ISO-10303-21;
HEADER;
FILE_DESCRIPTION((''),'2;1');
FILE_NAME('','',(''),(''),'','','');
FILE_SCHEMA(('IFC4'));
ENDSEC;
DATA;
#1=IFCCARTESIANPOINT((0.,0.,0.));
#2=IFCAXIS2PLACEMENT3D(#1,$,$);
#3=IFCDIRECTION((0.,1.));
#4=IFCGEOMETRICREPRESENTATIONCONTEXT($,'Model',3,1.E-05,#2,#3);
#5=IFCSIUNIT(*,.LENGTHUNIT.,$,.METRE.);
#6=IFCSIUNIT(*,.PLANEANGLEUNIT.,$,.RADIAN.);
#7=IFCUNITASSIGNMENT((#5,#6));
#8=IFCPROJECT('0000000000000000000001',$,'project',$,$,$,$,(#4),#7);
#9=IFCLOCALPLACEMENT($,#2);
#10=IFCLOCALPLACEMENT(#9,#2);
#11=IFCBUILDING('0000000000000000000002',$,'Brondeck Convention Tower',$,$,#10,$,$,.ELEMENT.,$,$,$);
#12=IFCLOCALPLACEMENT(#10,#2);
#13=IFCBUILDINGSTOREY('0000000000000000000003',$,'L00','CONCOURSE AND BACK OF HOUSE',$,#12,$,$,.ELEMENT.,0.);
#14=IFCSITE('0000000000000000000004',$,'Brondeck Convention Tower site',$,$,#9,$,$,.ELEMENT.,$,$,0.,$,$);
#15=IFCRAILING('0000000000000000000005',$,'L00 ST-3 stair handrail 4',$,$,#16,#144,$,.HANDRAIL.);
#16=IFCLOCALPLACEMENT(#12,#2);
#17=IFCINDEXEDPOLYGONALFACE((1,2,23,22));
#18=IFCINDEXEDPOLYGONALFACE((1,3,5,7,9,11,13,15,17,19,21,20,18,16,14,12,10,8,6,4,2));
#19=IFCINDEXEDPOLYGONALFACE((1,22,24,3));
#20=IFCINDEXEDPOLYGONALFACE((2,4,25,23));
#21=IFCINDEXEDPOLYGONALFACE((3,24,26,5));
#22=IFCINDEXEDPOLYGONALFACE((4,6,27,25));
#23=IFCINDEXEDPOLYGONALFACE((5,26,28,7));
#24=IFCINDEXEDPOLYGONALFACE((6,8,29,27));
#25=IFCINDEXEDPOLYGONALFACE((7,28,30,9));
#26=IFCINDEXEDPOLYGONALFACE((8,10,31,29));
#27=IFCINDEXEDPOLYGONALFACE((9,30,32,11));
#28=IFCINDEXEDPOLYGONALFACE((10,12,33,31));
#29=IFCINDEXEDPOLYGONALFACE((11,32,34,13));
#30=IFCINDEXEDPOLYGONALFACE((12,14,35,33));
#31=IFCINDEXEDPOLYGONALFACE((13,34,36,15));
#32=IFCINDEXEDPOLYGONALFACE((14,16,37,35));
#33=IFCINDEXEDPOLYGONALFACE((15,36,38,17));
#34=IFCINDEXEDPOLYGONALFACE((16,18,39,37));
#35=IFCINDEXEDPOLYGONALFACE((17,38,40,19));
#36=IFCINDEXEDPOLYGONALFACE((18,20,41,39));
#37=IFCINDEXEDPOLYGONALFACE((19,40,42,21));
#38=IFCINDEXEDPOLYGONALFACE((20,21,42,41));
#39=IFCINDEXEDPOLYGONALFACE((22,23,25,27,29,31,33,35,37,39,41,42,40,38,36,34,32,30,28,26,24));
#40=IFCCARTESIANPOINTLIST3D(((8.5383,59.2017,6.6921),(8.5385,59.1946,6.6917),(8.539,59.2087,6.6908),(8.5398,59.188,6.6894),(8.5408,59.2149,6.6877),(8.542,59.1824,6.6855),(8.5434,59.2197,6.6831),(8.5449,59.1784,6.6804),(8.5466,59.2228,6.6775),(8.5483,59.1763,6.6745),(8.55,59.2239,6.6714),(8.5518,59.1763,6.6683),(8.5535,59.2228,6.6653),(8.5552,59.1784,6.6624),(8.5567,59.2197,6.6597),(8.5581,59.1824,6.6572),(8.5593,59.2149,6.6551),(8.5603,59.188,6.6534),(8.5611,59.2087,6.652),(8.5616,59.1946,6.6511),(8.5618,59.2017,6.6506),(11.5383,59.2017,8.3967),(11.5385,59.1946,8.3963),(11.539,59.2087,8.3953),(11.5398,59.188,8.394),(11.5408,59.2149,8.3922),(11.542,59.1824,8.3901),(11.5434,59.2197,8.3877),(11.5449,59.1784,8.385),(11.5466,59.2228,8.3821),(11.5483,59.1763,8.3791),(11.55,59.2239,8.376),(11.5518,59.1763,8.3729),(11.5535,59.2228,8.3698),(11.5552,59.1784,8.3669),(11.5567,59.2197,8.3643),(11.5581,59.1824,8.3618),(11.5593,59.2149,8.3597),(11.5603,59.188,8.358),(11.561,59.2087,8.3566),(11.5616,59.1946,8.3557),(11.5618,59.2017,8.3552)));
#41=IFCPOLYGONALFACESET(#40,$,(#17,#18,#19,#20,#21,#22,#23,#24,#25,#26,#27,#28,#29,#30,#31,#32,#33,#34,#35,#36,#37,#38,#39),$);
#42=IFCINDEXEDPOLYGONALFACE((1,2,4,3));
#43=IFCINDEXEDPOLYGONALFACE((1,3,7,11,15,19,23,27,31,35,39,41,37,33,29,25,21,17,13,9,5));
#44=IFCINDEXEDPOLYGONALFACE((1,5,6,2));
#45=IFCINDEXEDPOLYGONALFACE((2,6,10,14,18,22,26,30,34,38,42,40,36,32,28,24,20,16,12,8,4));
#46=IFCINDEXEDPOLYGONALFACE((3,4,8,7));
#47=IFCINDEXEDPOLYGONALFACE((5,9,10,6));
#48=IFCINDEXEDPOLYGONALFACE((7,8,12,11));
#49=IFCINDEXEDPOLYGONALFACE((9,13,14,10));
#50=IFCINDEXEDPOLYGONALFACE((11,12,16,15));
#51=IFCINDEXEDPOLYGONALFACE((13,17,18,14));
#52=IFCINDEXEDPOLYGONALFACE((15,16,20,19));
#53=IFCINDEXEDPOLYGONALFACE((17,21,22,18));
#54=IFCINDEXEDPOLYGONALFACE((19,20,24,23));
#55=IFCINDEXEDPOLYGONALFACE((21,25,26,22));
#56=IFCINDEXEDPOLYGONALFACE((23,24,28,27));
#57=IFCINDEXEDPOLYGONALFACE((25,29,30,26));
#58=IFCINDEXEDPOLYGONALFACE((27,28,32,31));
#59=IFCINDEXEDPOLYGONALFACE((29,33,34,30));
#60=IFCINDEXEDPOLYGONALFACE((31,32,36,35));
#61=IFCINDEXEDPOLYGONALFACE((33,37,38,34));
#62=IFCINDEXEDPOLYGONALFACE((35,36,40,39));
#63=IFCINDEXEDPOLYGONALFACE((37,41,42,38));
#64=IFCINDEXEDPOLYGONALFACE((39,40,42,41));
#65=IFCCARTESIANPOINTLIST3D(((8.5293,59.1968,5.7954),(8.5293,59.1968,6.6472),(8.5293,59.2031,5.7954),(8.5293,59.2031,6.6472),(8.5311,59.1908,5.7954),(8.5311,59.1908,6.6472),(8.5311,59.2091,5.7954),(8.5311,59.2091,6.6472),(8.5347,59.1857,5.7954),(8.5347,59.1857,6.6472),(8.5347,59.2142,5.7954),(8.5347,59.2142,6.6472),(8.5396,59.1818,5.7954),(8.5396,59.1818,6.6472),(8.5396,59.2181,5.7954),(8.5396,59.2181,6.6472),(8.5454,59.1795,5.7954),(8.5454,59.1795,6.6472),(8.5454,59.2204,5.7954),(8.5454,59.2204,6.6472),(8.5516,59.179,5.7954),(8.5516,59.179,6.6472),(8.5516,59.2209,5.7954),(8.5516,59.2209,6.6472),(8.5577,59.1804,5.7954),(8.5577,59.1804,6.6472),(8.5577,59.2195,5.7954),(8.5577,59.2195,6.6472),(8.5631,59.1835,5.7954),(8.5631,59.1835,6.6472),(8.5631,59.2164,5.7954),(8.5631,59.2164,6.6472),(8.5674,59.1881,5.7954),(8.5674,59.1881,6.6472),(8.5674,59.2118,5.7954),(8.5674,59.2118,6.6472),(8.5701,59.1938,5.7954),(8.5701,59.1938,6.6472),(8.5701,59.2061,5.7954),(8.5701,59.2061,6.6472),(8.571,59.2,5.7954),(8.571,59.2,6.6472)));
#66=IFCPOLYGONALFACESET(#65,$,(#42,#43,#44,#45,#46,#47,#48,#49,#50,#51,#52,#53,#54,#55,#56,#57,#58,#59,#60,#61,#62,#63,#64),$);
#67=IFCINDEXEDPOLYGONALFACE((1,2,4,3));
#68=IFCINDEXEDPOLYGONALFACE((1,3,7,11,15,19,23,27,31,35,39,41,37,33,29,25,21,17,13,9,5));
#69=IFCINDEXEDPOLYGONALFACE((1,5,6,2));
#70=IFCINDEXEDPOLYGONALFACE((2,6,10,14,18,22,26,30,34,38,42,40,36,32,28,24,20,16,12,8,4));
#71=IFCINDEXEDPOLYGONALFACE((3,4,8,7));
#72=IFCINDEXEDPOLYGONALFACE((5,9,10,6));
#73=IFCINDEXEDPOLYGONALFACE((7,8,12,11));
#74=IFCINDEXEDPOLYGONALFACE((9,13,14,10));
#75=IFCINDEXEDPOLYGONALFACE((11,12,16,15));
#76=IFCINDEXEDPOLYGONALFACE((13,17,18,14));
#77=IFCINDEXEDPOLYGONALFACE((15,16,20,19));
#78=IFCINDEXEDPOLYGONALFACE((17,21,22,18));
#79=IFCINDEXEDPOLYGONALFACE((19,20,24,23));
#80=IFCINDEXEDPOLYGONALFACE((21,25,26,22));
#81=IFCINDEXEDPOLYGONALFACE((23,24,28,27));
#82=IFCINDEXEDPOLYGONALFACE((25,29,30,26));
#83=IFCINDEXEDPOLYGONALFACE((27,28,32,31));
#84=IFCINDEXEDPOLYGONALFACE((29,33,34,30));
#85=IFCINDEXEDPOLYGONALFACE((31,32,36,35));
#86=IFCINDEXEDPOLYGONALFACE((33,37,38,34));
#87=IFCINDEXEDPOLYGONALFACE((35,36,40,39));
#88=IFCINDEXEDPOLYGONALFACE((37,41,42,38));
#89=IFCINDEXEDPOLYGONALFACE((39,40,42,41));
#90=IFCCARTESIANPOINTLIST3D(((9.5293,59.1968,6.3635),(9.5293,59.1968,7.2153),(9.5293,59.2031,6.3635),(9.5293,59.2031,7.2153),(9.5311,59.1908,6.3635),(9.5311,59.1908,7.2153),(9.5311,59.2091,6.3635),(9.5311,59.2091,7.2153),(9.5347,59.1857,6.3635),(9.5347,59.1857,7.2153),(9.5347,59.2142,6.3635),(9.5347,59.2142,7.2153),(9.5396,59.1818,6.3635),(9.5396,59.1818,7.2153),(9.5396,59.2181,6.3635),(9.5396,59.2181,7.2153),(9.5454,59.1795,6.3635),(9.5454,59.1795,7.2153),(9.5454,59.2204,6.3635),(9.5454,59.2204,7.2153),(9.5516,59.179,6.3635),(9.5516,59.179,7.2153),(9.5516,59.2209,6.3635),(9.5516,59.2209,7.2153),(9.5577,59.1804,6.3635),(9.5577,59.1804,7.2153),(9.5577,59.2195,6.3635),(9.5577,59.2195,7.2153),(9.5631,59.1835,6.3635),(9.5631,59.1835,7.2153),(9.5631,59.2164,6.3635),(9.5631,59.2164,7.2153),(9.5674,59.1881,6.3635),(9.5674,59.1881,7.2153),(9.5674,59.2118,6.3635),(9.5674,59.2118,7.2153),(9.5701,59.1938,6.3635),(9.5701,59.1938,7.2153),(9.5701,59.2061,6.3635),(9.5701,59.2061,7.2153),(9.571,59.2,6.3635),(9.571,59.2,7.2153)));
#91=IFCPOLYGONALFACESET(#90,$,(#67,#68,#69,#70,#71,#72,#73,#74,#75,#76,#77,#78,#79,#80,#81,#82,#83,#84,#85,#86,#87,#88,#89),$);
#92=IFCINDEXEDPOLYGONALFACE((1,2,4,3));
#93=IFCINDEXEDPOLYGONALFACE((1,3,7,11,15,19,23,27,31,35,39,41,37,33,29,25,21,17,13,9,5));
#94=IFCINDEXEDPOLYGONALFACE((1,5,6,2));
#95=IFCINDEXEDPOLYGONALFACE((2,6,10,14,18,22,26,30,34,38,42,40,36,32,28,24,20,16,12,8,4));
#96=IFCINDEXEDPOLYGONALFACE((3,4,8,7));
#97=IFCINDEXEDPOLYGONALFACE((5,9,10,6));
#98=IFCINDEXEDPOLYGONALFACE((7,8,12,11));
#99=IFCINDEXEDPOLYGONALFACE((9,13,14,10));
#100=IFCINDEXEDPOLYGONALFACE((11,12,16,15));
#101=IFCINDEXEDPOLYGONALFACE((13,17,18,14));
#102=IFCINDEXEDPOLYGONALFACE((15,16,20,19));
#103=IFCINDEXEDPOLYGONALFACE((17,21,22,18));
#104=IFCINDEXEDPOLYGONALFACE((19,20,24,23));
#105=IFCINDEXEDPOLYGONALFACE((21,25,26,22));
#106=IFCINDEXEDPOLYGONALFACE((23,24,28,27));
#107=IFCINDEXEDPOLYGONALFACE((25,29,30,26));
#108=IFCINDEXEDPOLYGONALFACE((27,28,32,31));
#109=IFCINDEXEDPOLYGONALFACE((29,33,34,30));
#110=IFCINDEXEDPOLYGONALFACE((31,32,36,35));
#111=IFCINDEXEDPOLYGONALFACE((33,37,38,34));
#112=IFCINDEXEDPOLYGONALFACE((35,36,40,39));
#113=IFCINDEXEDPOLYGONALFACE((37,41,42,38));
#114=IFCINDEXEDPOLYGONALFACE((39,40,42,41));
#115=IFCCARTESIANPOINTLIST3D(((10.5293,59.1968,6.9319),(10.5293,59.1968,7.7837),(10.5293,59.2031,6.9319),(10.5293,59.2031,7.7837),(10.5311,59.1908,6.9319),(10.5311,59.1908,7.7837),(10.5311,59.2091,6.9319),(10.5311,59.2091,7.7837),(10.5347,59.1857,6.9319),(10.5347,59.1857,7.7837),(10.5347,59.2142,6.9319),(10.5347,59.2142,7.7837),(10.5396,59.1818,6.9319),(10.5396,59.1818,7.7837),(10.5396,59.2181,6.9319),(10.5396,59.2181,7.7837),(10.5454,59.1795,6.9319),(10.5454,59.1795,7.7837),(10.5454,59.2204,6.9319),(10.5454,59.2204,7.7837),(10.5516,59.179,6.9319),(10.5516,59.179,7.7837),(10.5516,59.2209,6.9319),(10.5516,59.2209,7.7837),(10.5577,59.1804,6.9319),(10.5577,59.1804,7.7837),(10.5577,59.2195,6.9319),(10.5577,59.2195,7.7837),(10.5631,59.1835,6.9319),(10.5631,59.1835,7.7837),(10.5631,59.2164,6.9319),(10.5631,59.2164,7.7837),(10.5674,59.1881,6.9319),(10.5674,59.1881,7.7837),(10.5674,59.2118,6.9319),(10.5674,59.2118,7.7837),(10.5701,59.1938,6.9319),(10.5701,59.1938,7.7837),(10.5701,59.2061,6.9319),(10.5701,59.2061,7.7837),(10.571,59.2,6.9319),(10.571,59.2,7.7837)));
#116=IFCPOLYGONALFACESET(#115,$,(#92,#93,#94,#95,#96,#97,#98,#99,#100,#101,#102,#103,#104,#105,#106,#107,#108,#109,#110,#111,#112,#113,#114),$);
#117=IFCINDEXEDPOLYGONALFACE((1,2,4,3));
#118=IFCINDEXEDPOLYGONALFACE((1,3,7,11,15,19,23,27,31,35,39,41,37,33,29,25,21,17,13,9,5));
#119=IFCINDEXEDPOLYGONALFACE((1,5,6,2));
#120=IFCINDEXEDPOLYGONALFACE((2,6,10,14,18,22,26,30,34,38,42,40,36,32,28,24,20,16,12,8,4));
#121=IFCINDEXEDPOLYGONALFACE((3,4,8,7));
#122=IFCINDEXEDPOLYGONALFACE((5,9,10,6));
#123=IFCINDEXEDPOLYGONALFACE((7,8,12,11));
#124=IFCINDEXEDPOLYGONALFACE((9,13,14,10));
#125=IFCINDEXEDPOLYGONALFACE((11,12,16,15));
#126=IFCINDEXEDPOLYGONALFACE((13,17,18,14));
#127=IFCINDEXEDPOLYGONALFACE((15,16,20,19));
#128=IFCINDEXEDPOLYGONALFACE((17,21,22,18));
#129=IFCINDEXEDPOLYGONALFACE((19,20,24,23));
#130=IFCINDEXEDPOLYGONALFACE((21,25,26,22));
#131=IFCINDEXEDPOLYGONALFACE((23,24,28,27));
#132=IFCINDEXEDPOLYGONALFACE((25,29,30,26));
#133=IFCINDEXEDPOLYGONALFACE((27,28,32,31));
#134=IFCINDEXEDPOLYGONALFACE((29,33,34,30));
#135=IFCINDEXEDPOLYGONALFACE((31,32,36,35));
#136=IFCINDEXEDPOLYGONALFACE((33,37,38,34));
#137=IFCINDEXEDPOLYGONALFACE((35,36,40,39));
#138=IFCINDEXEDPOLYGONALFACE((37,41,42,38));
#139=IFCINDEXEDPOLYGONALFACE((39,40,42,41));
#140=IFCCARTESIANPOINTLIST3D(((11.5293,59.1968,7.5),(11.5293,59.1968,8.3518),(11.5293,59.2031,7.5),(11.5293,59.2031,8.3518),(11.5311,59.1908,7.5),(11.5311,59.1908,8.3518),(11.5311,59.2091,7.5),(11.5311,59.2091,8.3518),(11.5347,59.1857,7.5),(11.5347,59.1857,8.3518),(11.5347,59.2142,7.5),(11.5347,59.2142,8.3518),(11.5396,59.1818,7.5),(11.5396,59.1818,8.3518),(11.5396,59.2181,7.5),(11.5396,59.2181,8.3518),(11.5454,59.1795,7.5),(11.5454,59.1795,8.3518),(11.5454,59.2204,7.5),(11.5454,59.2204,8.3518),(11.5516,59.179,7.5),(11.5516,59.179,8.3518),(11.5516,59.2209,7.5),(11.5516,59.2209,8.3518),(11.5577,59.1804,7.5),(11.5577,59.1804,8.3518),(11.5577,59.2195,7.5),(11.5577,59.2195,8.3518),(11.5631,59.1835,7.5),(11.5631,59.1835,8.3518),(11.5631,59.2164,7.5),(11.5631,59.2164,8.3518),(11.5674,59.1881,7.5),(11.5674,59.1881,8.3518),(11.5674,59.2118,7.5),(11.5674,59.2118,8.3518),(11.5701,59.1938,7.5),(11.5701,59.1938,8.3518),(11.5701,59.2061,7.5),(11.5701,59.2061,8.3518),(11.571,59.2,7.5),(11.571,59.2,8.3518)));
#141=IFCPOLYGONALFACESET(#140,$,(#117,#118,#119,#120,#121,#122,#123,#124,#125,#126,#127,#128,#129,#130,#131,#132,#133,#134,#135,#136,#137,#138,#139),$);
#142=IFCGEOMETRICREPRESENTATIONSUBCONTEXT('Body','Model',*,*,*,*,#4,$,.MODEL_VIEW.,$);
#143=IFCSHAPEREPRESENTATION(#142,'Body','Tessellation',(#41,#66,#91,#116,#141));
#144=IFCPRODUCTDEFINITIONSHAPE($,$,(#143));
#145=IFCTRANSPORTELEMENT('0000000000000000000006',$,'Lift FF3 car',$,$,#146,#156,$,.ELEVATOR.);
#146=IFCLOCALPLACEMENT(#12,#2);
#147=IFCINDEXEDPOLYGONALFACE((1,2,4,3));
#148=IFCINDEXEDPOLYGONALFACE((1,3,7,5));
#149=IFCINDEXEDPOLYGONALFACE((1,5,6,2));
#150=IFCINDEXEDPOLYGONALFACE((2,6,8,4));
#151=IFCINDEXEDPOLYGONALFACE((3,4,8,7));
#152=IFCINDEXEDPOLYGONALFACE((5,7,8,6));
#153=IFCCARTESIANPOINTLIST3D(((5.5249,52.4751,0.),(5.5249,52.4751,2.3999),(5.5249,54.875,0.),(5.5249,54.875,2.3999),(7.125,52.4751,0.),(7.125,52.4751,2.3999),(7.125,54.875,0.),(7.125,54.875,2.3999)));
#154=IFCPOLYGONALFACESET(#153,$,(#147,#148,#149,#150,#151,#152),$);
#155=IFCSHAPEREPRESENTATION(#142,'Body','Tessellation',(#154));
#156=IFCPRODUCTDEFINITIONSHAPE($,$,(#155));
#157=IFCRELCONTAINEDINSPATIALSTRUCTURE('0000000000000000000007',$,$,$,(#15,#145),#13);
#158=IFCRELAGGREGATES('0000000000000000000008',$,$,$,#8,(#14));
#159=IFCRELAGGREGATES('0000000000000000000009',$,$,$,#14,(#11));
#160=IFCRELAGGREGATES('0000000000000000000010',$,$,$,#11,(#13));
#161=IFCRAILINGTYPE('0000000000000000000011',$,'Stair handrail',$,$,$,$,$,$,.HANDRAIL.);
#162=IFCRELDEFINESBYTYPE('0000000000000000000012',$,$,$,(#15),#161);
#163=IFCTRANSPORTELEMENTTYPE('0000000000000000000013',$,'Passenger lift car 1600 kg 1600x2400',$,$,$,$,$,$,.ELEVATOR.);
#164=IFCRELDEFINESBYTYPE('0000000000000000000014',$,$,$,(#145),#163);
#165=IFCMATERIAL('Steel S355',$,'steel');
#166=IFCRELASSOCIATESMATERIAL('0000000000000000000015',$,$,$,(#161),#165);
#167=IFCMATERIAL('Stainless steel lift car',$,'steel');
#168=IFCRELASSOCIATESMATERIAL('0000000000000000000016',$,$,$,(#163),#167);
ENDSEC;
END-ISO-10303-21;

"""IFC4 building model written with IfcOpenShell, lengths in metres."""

from ifc_helpers import new_model, si_unit, direction, frame, origin, origin_2d, place, context, subcontext, project, spatial, rectangle, circle, extrude, material, type_object, element, save


model = new_model("IFC4")

# Units and contexts
model_context = context("Model", 3, precision=1e-05, world=origin(), true_north=direction((0.0, 1.0)))
body_context = subcontext(model_context, "Body", "Model", "MODEL_VIEW")
ifc_project = project(units=[si_unit("LENGTHUNIT", "METRE"), si_unit("PLANEANGLEUNIT", "RADIAN")], contexts=[model_context])

# Site, building, storey
site_placement = place(None, origin())
site = spatial("IfcSite", under=ifc_project, at=site_placement, Name="Brondeck Convention Tower site", CompositionType="ELEMENT", RefElevation=0.0)
building_placement = place(site_placement, origin())
building = spatial("IfcBuilding", under=site, at=building_placement, Name="Brondeck Convention Tower", CompositionType="ELEMENT")
storey_placement = place(building_placement, origin())
storey = spatial("IfcBuildingStorey", under=building, at=storey_placement, Name="L00", Description="CONCOURSE AND BACK OF HOUSE", CompositionType="ELEMENT", Elevation=0.0)

# Shared definitions
ifc_material_1 = material(Name="Steel S355", Category="steel")

# Railing
railing_type_1 = type_object("IfcRailingType", Name="Stair handrail", PredefinedType="HANDRAIL", material=ifc_material_1)
for number, where, name in (
    (1, (8.55, 59.2, 5.7954), "L00 ST-3 stair handrail 4"),
):
    element("IfcRailing", number, at=place(storey_placement, frame(where)), inside=storey, type_object=railing_type_1, Name=name, PredefinedType="HANDRAIL", context=body_context, shape_type="SweptSolid", body=[
        extrude(circle(Radius=0.0239, at=origin_2d()), frame((0.0, 0.0, 0.876), z_axis=(0.869451, 0.0, 0.494019), x_axis=(0.0, 1.0, 0.0)), (0.0, 0.0, 1.0), 3.4504),
        extrude(circle(Radius=0.021, at=origin_2d()), origin(), (0.0, 0.0, 1.0), 0.8518),
        extrude(circle(Radius=0.021, at=origin_2d()), frame((1.0, 0.0, 0.5681)), (0.0, 0.0, 1.0), 0.8518),
        extrude(circle(Radius=0.021, at=origin_2d()), frame((2.0, 0.0, 1.1365)), (0.0, 0.0, 1.0), 0.8518),
        extrude(circle(Radius=0.021, at=origin_2d()), frame((3.0, 0.0, 1.7046)), (0.0, 0.0, 1.0), 0.8518),
    ])

# Transport element
ifc_material_2 = material(Name="Stainless steel lift car", Category="steel")
transport_element_type = type_object("IfcTransportElementType", Name="Passenger lift car 1600 kg 1600x2400", PredefinedType="ELEVATOR", material=ifc_material_2)
transport_element_placement = place(storey_placement, frame((6.325, 53.675, 0.0), z_axis=(0.0, 0.0, 1.0), x_axis=(1.0, 0.0, 0.0)))
element("IfcTransportElement", 2, at=transport_element_placement, inside=storey, type_object=transport_element_type, Name="Lift FF3 car", PredefinedType="ELEVATOR", context=body_context, shape_type="SweptSolid", body=[
    extrude(rectangle(XDim=1.6001, YDim=2.3999, at=origin_2d()), origin(), (0.0, 0.0, 1.0), 2.3999),
])

save(model, "model.ifc")
